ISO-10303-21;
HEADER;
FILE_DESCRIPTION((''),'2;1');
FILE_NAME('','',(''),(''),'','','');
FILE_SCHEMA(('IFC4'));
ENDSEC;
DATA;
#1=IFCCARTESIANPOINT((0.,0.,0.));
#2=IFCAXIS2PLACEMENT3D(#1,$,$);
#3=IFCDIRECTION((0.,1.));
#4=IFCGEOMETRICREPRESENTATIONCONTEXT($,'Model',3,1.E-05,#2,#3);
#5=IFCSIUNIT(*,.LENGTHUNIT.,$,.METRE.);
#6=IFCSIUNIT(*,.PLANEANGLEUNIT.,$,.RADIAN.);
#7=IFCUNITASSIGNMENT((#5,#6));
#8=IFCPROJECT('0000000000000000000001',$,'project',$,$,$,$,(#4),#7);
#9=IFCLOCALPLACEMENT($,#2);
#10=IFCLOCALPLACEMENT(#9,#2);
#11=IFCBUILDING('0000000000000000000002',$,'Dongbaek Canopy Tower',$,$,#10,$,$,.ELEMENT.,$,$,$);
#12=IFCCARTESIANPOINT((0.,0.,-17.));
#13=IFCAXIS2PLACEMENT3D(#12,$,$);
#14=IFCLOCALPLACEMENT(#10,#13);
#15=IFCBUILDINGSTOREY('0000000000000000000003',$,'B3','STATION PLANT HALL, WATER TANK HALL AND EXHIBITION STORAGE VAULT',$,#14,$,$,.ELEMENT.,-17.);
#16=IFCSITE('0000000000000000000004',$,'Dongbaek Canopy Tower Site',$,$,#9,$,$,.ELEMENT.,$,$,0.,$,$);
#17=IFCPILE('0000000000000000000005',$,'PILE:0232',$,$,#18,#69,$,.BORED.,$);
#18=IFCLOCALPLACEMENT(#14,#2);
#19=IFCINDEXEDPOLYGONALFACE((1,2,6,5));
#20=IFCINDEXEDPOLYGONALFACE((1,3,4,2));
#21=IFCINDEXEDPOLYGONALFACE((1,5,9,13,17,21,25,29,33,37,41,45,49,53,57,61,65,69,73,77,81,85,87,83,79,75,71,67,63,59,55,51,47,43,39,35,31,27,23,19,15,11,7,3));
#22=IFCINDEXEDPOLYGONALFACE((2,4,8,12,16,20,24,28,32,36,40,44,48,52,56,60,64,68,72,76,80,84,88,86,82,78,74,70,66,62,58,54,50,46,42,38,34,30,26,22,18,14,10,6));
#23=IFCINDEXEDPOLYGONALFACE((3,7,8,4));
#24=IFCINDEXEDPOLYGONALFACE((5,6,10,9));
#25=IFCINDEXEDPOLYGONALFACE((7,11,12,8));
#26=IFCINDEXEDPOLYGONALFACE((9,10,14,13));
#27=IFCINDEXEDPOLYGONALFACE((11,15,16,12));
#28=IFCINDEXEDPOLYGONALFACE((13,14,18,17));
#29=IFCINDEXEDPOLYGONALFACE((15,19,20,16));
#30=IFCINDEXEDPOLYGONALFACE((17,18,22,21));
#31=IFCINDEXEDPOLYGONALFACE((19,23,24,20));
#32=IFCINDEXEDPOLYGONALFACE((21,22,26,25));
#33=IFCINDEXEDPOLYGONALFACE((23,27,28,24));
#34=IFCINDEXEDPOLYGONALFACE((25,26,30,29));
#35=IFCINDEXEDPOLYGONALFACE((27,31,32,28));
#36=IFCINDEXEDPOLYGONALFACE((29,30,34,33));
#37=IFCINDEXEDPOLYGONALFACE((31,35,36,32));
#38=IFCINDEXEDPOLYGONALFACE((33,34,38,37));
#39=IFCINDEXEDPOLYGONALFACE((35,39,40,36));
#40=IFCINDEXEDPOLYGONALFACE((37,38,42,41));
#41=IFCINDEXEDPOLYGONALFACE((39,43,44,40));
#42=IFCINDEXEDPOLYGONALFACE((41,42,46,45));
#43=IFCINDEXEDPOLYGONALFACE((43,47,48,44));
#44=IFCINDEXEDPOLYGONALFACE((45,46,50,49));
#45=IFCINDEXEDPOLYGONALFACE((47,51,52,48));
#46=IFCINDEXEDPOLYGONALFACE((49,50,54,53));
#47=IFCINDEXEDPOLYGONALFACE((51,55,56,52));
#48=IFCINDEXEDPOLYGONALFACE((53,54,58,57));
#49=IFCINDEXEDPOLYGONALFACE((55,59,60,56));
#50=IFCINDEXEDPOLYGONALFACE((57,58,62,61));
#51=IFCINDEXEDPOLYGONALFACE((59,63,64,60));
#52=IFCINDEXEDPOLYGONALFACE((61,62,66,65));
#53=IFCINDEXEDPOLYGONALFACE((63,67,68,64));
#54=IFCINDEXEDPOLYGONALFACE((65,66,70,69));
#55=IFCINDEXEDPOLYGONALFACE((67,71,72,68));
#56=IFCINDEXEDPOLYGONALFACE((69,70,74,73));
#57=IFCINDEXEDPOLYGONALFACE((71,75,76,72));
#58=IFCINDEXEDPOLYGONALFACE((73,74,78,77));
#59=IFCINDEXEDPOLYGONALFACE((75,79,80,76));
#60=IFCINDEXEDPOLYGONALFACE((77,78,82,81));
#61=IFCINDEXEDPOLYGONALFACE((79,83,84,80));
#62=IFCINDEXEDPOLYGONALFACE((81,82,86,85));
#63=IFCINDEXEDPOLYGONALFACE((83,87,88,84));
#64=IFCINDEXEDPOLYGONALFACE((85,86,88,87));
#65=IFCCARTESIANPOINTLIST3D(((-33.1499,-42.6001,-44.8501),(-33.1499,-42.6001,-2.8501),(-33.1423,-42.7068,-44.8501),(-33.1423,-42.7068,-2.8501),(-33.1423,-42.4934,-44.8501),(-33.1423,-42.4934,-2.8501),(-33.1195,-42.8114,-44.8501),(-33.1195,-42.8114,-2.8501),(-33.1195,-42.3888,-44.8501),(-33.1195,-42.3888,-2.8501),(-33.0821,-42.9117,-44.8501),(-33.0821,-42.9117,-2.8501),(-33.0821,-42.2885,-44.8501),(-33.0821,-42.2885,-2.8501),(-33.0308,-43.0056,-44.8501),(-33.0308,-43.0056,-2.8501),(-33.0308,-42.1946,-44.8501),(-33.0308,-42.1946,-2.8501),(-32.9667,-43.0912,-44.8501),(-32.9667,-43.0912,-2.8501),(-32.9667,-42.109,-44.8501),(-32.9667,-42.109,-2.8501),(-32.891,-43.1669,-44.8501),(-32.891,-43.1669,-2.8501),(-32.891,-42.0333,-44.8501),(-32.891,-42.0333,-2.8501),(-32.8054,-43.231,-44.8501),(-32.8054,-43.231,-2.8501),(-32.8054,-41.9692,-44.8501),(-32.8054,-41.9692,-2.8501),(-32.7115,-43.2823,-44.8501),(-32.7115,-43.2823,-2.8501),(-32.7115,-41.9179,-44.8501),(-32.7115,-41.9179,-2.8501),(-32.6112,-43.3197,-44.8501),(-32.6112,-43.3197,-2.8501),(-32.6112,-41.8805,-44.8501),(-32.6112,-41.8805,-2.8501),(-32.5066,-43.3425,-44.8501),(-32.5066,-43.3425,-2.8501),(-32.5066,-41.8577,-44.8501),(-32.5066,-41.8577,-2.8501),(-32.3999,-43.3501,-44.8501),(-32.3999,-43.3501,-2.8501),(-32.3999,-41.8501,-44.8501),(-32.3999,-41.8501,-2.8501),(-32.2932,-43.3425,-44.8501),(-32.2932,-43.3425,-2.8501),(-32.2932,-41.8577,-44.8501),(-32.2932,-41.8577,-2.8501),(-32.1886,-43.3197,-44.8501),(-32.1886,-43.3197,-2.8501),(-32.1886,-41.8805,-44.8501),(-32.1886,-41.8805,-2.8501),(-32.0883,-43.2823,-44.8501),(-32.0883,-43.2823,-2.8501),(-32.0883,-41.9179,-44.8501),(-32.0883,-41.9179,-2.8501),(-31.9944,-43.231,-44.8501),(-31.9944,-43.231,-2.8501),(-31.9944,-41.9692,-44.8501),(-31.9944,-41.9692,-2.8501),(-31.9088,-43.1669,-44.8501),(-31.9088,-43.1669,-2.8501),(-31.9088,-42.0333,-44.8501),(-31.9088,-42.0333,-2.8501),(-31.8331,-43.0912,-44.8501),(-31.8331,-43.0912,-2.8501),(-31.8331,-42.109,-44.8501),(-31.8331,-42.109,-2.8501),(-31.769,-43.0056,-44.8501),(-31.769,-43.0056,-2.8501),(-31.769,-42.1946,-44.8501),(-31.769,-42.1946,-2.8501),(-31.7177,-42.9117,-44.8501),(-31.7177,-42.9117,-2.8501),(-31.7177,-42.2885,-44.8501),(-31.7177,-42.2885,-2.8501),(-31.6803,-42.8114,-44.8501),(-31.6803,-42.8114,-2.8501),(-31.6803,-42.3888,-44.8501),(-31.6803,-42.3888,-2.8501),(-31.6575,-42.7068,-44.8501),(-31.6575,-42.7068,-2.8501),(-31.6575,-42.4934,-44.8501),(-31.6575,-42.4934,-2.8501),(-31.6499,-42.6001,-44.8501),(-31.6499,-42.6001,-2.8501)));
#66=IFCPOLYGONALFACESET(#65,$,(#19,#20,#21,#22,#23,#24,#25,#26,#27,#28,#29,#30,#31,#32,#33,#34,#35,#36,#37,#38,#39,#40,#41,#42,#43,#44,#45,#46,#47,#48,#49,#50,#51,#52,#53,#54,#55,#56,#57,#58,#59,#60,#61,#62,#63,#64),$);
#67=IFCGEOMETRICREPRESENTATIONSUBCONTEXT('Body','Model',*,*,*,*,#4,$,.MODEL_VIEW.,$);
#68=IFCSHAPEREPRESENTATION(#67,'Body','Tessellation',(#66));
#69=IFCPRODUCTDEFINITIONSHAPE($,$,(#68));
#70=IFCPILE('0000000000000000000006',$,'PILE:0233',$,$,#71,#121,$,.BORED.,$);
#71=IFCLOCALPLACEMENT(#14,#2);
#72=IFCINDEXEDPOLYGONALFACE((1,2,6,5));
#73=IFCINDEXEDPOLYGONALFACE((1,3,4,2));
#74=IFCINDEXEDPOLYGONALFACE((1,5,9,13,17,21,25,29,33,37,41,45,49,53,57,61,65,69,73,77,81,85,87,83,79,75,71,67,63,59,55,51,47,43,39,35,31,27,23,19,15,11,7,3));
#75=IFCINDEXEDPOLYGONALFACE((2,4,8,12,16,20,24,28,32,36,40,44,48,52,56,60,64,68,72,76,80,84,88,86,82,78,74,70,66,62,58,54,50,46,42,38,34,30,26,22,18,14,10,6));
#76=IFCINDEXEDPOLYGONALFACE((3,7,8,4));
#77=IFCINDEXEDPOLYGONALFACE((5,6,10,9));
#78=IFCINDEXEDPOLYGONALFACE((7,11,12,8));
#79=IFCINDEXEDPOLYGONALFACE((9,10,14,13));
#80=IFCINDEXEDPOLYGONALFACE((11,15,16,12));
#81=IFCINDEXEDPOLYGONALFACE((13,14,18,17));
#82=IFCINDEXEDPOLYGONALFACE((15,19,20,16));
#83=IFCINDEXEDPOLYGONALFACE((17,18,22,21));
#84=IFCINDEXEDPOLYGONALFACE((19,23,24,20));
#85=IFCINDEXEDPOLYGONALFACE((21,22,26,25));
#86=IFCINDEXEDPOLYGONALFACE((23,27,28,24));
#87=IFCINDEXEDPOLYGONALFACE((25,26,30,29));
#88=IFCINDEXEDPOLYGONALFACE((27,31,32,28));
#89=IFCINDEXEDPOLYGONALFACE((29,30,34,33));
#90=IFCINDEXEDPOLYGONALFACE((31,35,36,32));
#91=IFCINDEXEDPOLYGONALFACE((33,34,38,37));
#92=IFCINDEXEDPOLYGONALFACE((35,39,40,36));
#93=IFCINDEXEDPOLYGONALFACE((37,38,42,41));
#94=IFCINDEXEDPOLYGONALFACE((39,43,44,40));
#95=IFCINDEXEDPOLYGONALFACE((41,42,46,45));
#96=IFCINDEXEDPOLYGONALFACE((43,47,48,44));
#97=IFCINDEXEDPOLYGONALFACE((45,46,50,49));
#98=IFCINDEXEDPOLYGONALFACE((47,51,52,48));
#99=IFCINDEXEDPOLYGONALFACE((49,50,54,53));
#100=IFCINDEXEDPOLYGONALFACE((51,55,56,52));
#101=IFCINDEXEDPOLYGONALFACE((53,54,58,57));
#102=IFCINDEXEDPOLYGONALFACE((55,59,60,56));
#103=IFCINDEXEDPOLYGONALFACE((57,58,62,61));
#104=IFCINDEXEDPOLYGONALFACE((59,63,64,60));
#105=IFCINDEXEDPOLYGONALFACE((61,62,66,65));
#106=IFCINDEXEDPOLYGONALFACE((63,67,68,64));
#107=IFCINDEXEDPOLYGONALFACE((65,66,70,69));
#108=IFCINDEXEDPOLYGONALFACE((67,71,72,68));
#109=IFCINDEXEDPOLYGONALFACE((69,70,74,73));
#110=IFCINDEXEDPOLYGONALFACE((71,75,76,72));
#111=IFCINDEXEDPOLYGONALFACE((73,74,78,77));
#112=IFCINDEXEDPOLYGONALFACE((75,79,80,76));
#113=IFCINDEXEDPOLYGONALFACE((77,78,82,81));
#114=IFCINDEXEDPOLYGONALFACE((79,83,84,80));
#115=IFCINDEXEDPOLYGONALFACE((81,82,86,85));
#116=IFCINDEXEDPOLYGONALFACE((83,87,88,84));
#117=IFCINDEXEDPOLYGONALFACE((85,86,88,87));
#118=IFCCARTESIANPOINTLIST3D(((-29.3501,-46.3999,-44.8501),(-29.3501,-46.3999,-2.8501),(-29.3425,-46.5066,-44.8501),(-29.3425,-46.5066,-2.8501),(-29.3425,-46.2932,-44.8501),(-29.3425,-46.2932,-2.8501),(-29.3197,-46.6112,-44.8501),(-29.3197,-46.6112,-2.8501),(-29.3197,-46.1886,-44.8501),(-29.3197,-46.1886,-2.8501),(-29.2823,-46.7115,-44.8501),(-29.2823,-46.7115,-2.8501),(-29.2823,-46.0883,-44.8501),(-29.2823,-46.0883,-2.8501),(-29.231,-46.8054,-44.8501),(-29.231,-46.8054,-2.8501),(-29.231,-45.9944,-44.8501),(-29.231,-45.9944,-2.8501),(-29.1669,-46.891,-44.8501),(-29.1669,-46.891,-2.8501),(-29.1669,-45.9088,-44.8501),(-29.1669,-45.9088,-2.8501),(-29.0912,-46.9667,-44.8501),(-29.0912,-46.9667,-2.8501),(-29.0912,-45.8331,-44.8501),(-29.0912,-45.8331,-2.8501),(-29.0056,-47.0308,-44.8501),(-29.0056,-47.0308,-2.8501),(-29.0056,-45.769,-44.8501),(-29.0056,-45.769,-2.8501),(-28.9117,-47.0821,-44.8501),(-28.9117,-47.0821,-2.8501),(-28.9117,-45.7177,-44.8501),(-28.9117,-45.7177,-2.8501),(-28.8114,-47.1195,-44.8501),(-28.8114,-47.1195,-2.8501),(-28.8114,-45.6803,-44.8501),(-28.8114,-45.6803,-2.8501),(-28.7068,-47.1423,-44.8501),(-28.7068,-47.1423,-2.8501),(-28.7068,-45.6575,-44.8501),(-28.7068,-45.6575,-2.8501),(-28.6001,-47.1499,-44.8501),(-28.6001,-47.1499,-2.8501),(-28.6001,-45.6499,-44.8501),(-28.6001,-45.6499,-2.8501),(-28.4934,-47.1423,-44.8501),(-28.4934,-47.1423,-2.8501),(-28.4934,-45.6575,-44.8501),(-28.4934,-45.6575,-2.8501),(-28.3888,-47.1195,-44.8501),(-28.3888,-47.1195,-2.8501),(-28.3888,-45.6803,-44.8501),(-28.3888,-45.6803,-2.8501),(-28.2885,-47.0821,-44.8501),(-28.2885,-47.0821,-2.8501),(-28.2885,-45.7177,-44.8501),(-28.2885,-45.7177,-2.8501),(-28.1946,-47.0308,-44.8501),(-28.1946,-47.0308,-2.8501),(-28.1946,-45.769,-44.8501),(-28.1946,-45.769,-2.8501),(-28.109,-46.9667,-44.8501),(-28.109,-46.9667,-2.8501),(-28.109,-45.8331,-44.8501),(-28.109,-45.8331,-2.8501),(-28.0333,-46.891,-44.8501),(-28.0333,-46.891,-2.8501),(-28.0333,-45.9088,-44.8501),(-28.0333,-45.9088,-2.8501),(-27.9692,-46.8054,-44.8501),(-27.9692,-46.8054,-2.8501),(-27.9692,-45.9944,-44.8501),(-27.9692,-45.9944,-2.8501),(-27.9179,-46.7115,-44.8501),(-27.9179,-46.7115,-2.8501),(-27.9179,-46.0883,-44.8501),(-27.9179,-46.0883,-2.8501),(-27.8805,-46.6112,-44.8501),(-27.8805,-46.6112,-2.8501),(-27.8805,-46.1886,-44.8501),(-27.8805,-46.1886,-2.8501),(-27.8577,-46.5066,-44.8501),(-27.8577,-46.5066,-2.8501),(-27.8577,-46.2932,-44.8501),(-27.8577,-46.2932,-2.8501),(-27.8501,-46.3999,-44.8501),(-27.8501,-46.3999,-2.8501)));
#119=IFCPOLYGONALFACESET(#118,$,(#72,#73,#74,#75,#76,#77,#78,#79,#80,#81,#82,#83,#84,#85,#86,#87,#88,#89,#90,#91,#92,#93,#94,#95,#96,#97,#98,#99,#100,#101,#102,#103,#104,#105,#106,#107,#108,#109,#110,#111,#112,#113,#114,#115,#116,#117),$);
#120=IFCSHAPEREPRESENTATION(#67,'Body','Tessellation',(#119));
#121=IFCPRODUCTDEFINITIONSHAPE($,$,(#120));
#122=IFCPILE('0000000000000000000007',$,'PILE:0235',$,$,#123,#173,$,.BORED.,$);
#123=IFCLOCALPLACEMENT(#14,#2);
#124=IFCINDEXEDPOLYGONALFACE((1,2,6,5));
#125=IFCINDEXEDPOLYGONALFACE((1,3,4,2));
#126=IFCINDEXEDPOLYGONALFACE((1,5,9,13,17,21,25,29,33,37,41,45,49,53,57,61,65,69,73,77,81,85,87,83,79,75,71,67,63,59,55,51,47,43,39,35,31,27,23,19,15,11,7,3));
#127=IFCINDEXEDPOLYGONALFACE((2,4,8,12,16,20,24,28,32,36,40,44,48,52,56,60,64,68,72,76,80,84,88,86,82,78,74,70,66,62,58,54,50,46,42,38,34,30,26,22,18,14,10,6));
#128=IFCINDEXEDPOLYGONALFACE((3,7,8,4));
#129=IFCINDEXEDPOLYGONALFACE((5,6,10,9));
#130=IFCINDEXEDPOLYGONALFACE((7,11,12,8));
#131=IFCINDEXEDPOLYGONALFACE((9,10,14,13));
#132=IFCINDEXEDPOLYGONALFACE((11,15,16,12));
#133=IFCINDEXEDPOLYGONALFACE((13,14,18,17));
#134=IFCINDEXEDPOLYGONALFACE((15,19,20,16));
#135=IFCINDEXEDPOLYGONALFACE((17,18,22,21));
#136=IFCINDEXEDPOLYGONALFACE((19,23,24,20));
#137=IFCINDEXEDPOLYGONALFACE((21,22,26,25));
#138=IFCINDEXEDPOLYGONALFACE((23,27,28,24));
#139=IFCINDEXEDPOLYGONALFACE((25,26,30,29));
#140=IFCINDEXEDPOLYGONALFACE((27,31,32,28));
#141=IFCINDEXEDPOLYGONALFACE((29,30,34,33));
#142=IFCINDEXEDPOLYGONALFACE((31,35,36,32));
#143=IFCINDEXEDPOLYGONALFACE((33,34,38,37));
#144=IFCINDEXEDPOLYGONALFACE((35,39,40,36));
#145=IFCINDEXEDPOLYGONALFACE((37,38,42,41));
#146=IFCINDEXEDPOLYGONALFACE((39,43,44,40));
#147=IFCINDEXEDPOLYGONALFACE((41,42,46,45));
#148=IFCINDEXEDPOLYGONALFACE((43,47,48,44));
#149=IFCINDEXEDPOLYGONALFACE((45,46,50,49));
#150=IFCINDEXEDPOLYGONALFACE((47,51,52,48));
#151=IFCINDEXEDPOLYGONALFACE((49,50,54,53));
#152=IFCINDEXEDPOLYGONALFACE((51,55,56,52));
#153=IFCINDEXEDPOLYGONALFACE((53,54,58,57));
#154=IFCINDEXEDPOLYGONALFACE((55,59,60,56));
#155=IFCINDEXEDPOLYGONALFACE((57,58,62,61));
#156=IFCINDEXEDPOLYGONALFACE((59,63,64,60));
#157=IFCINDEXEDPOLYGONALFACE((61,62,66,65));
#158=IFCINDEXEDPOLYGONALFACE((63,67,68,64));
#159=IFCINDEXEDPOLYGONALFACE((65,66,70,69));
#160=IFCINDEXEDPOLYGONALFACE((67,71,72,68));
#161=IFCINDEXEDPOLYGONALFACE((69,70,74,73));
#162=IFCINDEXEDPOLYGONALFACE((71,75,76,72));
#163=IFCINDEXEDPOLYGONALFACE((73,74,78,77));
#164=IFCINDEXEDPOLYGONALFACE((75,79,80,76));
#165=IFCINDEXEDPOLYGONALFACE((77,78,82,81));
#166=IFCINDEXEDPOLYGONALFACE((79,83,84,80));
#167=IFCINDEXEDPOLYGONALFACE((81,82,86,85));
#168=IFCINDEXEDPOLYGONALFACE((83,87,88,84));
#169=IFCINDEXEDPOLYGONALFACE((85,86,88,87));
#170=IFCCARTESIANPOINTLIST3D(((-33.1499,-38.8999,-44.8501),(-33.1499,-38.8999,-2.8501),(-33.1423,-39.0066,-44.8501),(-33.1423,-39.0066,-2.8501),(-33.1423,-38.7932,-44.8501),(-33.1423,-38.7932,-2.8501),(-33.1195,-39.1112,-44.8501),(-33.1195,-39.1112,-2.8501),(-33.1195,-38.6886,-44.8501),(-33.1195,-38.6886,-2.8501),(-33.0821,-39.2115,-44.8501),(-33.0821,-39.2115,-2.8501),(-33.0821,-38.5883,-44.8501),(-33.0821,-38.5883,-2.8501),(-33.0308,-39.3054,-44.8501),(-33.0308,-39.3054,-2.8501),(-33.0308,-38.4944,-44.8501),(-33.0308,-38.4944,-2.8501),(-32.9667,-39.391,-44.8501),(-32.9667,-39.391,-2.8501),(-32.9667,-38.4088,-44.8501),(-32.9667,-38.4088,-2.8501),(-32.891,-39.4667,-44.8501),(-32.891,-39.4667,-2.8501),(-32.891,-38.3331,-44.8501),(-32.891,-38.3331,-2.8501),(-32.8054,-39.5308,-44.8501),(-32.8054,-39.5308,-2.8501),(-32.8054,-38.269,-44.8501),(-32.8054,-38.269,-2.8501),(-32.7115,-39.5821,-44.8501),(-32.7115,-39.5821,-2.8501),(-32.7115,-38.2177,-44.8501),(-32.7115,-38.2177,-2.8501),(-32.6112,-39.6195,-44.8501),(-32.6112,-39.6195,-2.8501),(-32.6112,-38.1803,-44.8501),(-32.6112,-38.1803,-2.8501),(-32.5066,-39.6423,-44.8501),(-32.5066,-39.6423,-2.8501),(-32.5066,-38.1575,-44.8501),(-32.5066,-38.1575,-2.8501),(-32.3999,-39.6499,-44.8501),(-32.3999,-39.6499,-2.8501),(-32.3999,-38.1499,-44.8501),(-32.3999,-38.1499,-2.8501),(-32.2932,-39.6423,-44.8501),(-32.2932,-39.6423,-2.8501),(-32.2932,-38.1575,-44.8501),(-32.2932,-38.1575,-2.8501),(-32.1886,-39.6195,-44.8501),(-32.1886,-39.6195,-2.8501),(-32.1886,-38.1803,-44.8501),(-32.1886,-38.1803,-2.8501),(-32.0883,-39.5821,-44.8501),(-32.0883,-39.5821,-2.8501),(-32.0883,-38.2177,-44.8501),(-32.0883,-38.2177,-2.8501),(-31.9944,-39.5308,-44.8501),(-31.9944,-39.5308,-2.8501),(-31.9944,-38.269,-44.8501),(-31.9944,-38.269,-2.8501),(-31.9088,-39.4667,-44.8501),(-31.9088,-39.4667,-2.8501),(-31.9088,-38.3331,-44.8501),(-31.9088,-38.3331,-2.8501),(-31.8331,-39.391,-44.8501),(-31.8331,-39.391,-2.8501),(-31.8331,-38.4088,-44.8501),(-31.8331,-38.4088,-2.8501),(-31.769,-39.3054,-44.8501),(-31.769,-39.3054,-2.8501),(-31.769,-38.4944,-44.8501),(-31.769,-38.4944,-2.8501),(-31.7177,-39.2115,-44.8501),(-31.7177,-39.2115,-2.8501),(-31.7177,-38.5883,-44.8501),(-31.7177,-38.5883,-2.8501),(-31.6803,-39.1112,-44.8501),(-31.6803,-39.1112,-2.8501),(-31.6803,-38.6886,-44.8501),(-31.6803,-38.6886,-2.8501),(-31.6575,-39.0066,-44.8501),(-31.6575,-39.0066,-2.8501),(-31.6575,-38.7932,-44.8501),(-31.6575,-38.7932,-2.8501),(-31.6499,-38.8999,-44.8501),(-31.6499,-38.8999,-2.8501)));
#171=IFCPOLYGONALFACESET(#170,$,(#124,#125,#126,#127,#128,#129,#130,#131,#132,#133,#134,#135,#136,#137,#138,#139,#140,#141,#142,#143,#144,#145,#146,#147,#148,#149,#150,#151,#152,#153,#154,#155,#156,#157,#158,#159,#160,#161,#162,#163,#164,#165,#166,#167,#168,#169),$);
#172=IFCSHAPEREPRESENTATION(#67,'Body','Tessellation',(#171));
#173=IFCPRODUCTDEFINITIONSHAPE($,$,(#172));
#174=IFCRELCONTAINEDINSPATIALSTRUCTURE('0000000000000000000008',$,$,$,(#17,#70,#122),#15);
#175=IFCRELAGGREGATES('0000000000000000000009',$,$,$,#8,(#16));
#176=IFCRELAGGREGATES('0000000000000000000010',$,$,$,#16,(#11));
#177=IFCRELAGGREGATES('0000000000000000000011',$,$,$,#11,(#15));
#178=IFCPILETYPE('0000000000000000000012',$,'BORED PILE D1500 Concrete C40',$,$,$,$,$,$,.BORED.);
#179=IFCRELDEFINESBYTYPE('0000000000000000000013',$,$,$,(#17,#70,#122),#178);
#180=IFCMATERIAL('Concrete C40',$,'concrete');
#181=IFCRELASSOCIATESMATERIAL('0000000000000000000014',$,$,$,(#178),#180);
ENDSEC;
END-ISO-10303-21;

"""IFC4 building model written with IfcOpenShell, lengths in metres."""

from ifc_helpers import new_model, si_unit, direction, frame, origin, origin_2d, place, context, subcontext, project, spatial, circle, extrude, material, material_profile, profile_set, type_object, element, save


model = new_model("IFC4")

# Units and contexts
model_context = context("Model", 3, precision=1e-05, world=origin(), true_north=direction((0.0, 1.0)))
body_context = subcontext(model_context, "Body", "Model", "MODEL_VIEW")
ifc_project = project(units=[si_unit("LENGTHUNIT", "METRE"), si_unit("PLANEANGLEUNIT", "RADIAN")], contexts=[model_context])

# Site, building, storey
site_placement = place(None, origin())
site = spatial("IfcSite", under=ifc_project, at=site_placement, Name="Dongbaek Canopy Tower Site", CompositionType="ELEMENT", RefElevation=0.0)
building_placement = place(site_placement, origin())
building = spatial("IfcBuilding", under=site, at=building_placement, Name="Dongbaek Canopy Tower", CompositionType="ELEMENT")
storey_placement = place(building_placement, frame((0.0, 0.0, -17.0)))
storey = spatial("IfcBuildingStorey", under=building, at=storey_placement, Name="B3", Description="STATION PLANT HALL, WATER TANK HALL AND EXHIBITION STORAGE VAULT", CompositionType="ELEMENT", Elevation=-17.0)

# Piles
ifc_material_1 = material(Name="Concrete C40", Category="concrete")
ifc_material_profile_1 = material_profile(ifc_material_1, circle(Radius=0.75, at=origin_2d()), Name="BORED PILE D1500 Concrete C40")
ifc_profile_set_1 = profile_set([ifc_material_profile_1], Name="Concrete C40")
pile_type = type_object("IfcPileType", Name="BORED PILE D1500 Concrete C40", PredefinedType="BORED", material=ifc_profile_set_1)
for number, where, z_axis, x_axis, name in (
    (1, (-32.3999, -42.6001, -2.8501), (0.0, 0.0, -1.0), (1.0, 0.0, 0.0), "PILE:0232"),
    (2, (-28.6001, -46.3999, -2.8501), (0.0, 0.0, -1.0), (1.0, 0.0, 0.0), "PILE:0233"),
    (3, (-32.3999, -38.8999, -2.8501), (0.0, 0.0, -1.0), (1.0, 0.0, 0.0), "PILE:0235"),
):
    element("IfcPile", number, at=place(storey_placement, frame(where, z_axis=z_axis, x_axis=x_axis)), inside=storey, type_object=pile_type, Name=name, PredefinedType="BORED", context=body_context, shape_type="SweptSolid", body=[
        extrude(circle(Radius=0.75, at=origin_2d()), origin(), (0.0, 0.0, 1.0), 42.0),
    ])

save(model, "model.ifc")
